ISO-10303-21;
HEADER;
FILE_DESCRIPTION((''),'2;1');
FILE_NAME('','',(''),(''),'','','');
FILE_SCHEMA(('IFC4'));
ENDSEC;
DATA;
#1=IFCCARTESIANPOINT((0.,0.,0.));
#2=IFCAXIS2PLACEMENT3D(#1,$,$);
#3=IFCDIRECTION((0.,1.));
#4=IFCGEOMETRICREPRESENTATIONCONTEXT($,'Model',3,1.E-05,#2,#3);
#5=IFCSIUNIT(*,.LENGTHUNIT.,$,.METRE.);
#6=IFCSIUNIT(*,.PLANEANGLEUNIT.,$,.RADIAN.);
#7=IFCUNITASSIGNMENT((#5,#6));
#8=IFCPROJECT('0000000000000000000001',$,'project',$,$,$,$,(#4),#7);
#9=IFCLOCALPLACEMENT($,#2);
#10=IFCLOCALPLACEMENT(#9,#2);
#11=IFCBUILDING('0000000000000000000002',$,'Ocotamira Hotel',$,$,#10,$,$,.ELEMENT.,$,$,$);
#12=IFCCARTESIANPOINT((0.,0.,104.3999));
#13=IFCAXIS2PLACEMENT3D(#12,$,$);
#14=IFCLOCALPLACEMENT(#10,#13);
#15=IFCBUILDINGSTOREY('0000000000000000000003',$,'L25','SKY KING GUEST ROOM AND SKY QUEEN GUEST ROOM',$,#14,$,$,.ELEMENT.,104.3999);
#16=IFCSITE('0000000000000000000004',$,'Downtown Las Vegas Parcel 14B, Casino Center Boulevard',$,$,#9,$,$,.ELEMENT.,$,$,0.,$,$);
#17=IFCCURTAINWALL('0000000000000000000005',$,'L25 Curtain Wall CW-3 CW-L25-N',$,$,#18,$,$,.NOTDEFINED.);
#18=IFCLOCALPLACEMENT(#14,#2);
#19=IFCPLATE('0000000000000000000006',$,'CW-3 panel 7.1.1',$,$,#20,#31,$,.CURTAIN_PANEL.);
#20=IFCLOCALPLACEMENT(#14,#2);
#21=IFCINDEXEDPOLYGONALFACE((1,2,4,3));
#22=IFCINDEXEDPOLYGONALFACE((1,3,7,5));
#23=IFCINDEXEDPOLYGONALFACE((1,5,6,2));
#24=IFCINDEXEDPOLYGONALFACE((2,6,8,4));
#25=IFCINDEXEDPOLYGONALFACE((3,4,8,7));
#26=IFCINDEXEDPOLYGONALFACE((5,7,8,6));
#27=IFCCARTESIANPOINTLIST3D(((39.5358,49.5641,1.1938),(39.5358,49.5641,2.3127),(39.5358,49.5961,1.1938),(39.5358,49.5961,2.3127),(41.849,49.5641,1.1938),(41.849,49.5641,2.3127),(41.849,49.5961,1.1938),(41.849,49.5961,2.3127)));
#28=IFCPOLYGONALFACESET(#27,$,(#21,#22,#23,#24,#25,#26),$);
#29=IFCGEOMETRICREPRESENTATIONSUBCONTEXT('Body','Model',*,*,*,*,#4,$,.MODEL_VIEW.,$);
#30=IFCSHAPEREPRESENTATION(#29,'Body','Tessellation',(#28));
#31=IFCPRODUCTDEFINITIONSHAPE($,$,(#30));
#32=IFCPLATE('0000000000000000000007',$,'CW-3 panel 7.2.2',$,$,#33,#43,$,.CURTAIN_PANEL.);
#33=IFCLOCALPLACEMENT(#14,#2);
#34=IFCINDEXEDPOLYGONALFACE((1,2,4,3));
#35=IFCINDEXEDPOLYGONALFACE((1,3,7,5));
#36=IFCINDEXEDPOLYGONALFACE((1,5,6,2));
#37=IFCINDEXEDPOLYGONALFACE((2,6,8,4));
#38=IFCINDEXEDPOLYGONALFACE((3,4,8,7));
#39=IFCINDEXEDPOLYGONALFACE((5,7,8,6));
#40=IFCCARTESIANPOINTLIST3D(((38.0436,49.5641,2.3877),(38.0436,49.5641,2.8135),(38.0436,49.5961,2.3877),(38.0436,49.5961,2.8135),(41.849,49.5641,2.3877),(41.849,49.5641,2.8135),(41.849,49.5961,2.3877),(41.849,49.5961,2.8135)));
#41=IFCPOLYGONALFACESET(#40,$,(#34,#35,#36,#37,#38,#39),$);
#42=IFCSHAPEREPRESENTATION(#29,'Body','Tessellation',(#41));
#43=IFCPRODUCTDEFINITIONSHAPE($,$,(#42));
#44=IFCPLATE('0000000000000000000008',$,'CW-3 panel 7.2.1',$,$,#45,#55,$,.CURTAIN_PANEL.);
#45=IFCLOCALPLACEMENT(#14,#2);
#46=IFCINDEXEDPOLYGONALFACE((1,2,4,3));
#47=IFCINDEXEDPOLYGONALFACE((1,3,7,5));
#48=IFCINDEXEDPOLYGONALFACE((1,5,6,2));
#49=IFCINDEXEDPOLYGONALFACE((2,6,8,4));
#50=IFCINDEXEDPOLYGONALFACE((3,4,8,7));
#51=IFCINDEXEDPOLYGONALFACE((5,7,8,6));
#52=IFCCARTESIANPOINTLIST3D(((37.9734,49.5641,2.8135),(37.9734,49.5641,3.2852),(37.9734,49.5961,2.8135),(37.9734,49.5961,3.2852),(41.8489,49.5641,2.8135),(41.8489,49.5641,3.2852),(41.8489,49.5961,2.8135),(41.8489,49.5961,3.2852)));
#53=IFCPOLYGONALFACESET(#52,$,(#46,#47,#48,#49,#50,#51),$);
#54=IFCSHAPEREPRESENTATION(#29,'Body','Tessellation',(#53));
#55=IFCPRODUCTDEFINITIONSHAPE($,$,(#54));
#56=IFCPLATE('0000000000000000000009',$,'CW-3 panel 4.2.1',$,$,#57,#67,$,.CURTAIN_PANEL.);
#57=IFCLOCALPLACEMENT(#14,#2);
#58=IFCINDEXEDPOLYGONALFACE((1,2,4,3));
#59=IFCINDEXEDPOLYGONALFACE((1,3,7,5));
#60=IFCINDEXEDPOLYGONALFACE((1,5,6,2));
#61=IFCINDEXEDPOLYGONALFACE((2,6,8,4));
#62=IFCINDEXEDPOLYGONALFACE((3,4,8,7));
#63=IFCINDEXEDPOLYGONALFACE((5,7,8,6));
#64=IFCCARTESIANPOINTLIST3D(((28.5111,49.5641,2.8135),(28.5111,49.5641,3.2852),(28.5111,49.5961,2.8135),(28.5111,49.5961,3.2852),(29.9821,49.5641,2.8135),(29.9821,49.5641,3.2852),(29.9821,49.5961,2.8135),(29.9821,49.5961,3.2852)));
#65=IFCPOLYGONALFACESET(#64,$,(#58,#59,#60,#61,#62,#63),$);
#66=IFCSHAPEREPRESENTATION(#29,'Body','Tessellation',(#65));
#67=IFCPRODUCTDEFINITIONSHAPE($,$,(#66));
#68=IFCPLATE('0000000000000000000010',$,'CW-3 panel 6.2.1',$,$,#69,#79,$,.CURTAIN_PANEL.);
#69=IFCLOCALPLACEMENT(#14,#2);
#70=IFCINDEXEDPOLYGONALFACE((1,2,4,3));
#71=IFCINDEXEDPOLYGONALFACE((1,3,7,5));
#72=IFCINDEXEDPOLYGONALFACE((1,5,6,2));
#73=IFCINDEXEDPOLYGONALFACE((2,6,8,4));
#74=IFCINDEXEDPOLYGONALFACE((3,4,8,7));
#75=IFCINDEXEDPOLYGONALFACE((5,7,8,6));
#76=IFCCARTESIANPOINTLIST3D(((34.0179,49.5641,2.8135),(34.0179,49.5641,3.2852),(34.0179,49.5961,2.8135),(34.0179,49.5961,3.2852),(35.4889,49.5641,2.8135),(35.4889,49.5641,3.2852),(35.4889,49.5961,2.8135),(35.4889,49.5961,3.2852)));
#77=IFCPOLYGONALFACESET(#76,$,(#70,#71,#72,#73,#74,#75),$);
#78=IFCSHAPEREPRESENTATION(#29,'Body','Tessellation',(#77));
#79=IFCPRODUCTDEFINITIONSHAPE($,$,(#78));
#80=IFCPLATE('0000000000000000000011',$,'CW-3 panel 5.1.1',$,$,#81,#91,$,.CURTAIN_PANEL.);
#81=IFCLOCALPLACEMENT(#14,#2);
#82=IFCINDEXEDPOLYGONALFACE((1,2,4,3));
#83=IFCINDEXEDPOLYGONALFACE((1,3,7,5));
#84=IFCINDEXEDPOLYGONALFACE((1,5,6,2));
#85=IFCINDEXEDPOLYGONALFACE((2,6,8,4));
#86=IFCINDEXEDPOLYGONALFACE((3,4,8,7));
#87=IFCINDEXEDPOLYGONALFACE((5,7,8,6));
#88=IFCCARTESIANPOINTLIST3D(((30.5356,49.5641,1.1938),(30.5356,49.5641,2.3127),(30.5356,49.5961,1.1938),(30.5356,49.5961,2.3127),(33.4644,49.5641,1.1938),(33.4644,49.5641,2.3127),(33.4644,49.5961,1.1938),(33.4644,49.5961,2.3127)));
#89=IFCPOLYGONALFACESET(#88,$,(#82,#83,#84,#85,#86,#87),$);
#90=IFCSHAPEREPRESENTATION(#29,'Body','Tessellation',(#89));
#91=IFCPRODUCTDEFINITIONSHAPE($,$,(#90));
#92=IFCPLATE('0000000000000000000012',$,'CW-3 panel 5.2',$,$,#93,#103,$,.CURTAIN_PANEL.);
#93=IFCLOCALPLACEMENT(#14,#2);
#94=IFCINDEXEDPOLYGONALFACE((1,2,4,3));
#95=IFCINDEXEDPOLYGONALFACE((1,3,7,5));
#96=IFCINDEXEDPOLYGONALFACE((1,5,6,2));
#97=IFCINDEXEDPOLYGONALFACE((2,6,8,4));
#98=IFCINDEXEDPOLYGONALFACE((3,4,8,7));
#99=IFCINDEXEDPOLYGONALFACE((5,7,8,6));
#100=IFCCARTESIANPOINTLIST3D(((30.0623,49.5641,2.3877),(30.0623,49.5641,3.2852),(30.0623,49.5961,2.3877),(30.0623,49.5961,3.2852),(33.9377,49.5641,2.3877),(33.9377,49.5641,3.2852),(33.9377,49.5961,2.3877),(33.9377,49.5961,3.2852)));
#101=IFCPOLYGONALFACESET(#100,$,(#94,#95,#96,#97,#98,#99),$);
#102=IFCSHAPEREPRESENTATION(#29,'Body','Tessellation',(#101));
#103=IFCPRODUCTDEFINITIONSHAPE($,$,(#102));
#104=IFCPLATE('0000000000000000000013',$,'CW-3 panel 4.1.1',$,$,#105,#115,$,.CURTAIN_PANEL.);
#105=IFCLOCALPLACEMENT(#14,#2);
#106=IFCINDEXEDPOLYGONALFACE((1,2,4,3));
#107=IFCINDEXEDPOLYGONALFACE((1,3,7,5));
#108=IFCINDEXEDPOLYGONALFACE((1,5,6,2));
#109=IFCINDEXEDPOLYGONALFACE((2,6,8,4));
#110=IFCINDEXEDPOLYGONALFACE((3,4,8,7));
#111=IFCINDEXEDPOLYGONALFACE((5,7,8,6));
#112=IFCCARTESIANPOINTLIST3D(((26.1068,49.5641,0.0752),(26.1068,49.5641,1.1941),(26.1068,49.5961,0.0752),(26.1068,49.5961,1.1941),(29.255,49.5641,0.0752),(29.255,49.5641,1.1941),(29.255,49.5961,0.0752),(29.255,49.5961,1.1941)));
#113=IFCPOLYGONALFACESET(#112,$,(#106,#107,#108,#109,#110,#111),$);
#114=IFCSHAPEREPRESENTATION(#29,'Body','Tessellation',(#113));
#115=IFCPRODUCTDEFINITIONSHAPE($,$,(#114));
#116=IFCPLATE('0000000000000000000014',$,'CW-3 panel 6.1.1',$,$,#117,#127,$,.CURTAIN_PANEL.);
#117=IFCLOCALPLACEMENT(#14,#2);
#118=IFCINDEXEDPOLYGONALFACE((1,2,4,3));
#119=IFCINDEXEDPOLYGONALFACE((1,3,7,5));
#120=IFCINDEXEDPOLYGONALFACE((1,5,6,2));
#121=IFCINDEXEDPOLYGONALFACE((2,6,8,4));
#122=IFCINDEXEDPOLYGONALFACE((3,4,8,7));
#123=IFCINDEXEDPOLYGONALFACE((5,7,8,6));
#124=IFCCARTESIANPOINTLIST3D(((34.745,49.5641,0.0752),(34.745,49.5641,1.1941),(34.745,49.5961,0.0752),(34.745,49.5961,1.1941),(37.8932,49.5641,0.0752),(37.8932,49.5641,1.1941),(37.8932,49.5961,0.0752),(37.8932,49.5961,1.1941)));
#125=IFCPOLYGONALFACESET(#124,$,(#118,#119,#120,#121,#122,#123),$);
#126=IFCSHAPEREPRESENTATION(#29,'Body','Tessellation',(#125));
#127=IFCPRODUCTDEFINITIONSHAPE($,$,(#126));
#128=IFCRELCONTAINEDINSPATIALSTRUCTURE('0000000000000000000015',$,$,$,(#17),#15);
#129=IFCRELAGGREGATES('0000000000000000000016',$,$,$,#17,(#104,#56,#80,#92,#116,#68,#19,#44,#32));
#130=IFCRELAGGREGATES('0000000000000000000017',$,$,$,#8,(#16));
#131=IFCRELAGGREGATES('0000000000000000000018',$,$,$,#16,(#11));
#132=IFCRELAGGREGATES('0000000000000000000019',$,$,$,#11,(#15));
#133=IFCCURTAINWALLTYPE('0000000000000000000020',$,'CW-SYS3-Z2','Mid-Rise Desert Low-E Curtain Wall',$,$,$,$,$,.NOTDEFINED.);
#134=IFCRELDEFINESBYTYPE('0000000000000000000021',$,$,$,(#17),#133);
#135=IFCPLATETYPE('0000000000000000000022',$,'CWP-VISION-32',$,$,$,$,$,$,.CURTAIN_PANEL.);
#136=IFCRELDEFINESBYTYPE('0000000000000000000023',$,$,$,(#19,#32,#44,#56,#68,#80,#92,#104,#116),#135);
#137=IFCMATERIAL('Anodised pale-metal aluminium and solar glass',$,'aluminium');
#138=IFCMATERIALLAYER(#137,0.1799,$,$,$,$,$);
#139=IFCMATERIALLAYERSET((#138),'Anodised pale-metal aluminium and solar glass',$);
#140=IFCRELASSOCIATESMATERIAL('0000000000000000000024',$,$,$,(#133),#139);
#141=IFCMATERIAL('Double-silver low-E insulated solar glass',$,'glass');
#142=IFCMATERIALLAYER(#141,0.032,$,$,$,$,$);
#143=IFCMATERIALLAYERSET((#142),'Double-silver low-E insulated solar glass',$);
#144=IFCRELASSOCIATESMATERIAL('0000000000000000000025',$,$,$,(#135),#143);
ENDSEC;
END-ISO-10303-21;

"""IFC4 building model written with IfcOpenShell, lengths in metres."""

from ifc_helpers import new_model, si_unit, direction, frame, origin, origin_2d, place, context, subcontext, project, spatial, rectangle, extrude, source, transform, mapped, material, layer, layer_set, type_object, element, aggregate, save


model = new_model("IFC4")

# Units and contexts
model_context = context("Model", 3, precision=1e-05, world=origin(), true_north=direction((0.0, 1.0)))
body_context = subcontext(model_context, "Body", "Model", "MODEL_VIEW")
ifc_project = project(units=[si_unit("LENGTHUNIT", "METRE"), si_unit("PLANEANGLEUNIT", "RADIAN")], contexts=[model_context])

# Site, building, storey
site_placement = place(None, origin())
site = spatial("IfcSite", under=ifc_project, at=site_placement, Name="Downtown Las Vegas Parcel 14B, Casino Center Boulevard", CompositionType="ELEMENT", RefElevation=0.0)
building_placement = place(site_placement, origin())
building = spatial("IfcBuilding", under=site, at=building_placement, Name="Ocotamira Hotel", CompositionType="ELEMENT")
storey_placement = place(building_placement, frame((0.0, 0.0, 104.3999)))
storey = spatial("IfcBuildingStorey", under=building, at=storey_placement, Name="L25", Description="SKY KING GUEST ROOM AND SKY QUEEN GUEST ROOM", CompositionType="ELEMENT", Elevation=104.3999)

# Curtain wall
ifc_material_1 = material(Name="Anodised pale-metal aluminium and solar glass", Category="aluminium")
ifc_layer_1 = layer(ifc_material_1, 0.1799)
ifc_layer_set_1 = layer_set([ifc_layer_1], Name="Anodised pale-metal aluminium and solar glass")
curtain_wall_type = type_object("IfcCurtainWallType", Name="CW-SYS3-Z2", Description="Mid-Rise Desert Low-E Curtain Wall", PredefinedType="NOTDEFINED", material=ifc_layer_set_1)
curtain_wall_placement = place(storey_placement, origin())
curtain_wall = element("IfcCurtainWall", 1, at=curtain_wall_placement, inside=storey, type_object=curtain_wall_type, Name="L25 Curtain Wall CW-3 CW-L25-N", PredefinedType="NOTDEFINED")

# Plates
ifc_material_2 = material(Name="Double-silver low-E insulated solar glass", Category="glass")
ifc_layer_2 = layer(ifc_material_2, 0.032)
ifc_layer_set_2 = layer_set([ifc_layer_2], Name="Double-silver low-E insulated solar glass")
plate_type_1 = type_object("IfcPlateType", Name="CWP-VISION-32", PredefinedType="CURTAIN_PANEL", material=ifc_layer_set_2)
shared_shape_1 = source(origin(), body_context, "Body", "SweptSolid", [
    extrude(rectangle(XDim=2.3132, YDim=0.032, at=origin_2d()), origin(), (0.0, 0.0, 1.0), 1.1189),
])
plate_1_placement = place(storey_placement, frame((40.6924, 49.5801, 1.1938), z_axis=(0.0, 0.0, 1.0), x_axis=(1.0, 0.0, 0.0)))
plate_1 = element("IfcPlate", 2, at=plate_1_placement, type_object=plate_type_1, Name="CW-3 panel 7.1.1", PredefinedType="CURTAIN_PANEL", context=body_context, shape_type="MappedRepresentation", body=[
    mapped(shared_shape_1, transform((0.0, 0.0, 0.0), scale=1.0)),
])
shared_shape_2 = source(origin(), body_context, "Body", "SweptSolid", [
    extrude(rectangle(XDim=3.8054, YDim=0.032, at=origin_2d()), origin(), (0.0, 0.0, 1.0), 0.4258),
])
plate_2_placement = place(storey_placement, frame((39.9463, 49.5801, 2.3877), z_axis=(0.0, 0.0, 1.0), x_axis=(1.0, 0.0, 0.0)))
plate_2 = element("IfcPlate", 3, at=plate_2_placement, type_object=plate_type_1, Name="CW-3 panel 7.2.2", PredefinedType="CURTAIN_PANEL", context=body_context, shape_type="MappedRepresentation", body=[
    mapped(shared_shape_2, transform((0.0, 0.0, 0.0), scale=1.0)),
])
shared_shape_3 = source(origin(), body_context, "Body", "SweptSolid", [
    extrude(rectangle(XDim=3.8755, YDim=0.032, at=origin_2d()), origin(), (0.0, 0.0, 1.0), 0.4717),
])
plate_3_placement = place(storey_placement, frame((39.9111, 49.5801, 2.8135), z_axis=(0.0, 0.0, 1.0), x_axis=(1.0, 0.0, 0.0)))
plate_3 = element("IfcPlate", 4, at=plate_3_placement, type_object=plate_type_1, Name="CW-3 panel 7.2.1", PredefinedType="CURTAIN_PANEL", context=body_context, shape_type="MappedRepresentation", body=[
    mapped(shared_shape_3, transform((0.0, 0.0, 0.0), scale=1.0)),
])
shared_shape_4 = source(origin(), body_context, "Body", "SweptSolid", [
    extrude(rectangle(XDim=1.4709, YDim=0.032, at=origin_2d()), origin(), (0.0, 0.0, 1.0), 0.4717),
])
plate_4_placement = place(storey_placement, frame((29.2466, 49.5801, 2.8135), z_axis=(0.0, 0.0, 1.0), x_axis=(1.0, 0.0, 0.0)))
plate_4 = element("IfcPlate", 5, at=plate_4_placement, type_object=plate_type_1, Name="CW-3 panel 4.2.1", PredefinedType="CURTAIN_PANEL", context=body_context, shape_type="MappedRepresentation", body=[
    mapped(shared_shape_4, transform((0.0, 0.0, 0.0), scale=1.0)),
])
plate_5_placement = place(storey_placement, frame((34.7534, 49.5801, 2.8135), z_axis=(0.0, 0.0, 1.0), x_axis=(1.0, 0.0, 0.0)))
plate_5 = element("IfcPlate", 6, at=plate_5_placement, type_object=plate_type_1, Name="CW-3 panel 6.2.1", PredefinedType="CURTAIN_PANEL", context=body_context, shape_type="MappedRepresentation", body=[
    mapped(shared_shape_4, transform((0.0, 0.0, 0.0), scale=1.0)),
])
shared_shape_5 = source(origin(), body_context, "Body", "SweptSolid", [
    extrude(rectangle(XDim=2.9287, YDim=0.032, at=origin_2d()), origin(), (0.0, 0.0, 1.0), 1.1189),
])
plate_6_placement = place(storey_placement, frame((32.0, 49.5801, 1.1938), z_axis=(0.0, 0.0, 1.0), x_axis=(1.0, 0.0, 0.0)))
plate_6 = element("IfcPlate", 7, at=plate_6_placement, type_object=plate_type_1, Name="CW-3 panel 5.1.1", PredefinedType="CURTAIN_PANEL", context=body_context, shape_type="MappedRepresentation", body=[
    mapped(shared_shape_5, transform((0.0, 0.0, 0.0), scale=1.0)),
])
shared_shape_6 = source(origin(), body_context, "Body", "SweptSolid", [
    extrude(rectangle(XDim=3.8755, YDim=0.032, at=origin_2d()), origin(), (0.0, 0.0, 1.0), 0.8975),
])
plate_7_placement = place(storey_placement, frame((32.0, 49.5801, 2.3877), z_axis=(0.0, 0.0, 1.0), x_axis=(1.0, 0.0, 0.0)))
plate_7 = element("IfcPlate", 8, at=plate_7_placement, type_object=plate_type_1, Name="CW-3 panel 5.2", PredefinedType="CURTAIN_PANEL", context=body_context, shape_type="MappedRepresentation", body=[
    mapped(shared_shape_6, transform((0.0, 0.0, 0.0), scale=1.0)),
])
shared_shape_7 = source(origin(), body_context, "Body", "SweptSolid", [
    extrude(rectangle(XDim=3.1482, YDim=0.032, at=origin_2d()), origin(), (0.0, 0.0, 1.0), 1.1189),
])
plate_8_placement = place(storey_placement, frame((27.6809, 49.5801, 0.0752), z_axis=(0.0, 0.0, 1.0), x_axis=(1.0, 0.0, 0.0)))
plate_8 = element("IfcPlate", 9, at=plate_8_placement, type_object=plate_type_1, Name="CW-3 panel 4.1.1", PredefinedType="CURTAIN_PANEL", context=body_context, shape_type="MappedRepresentation", body=[
    mapped(shared_shape_7, transform((0.0, 0.0, 0.0), scale=1.0)),
])
plate_9_placement = place(storey_placement, frame((36.3191, 49.5801, 0.0752), z_axis=(0.0, 0.0, 1.0), x_axis=(1.0, 0.0, 0.0)))
plate_9 = element("IfcPlate", 10, at=plate_9_placement, type_object=plate_type_1, Name="CW-3 panel 6.1.1", PredefinedType="CURTAIN_PANEL", context=body_context, shape_type="MappedRepresentation", body=[
    mapped(shared_shape_7, transform((0.0, 0.0, 0.0), scale=1.0)),
])
aggregate(curtain_wall, [plate_8, plate_4, plate_6, plate_7, plate_9, plate_5, plate_1, plate_3, plate_2])

save(model, "model.ifc")
